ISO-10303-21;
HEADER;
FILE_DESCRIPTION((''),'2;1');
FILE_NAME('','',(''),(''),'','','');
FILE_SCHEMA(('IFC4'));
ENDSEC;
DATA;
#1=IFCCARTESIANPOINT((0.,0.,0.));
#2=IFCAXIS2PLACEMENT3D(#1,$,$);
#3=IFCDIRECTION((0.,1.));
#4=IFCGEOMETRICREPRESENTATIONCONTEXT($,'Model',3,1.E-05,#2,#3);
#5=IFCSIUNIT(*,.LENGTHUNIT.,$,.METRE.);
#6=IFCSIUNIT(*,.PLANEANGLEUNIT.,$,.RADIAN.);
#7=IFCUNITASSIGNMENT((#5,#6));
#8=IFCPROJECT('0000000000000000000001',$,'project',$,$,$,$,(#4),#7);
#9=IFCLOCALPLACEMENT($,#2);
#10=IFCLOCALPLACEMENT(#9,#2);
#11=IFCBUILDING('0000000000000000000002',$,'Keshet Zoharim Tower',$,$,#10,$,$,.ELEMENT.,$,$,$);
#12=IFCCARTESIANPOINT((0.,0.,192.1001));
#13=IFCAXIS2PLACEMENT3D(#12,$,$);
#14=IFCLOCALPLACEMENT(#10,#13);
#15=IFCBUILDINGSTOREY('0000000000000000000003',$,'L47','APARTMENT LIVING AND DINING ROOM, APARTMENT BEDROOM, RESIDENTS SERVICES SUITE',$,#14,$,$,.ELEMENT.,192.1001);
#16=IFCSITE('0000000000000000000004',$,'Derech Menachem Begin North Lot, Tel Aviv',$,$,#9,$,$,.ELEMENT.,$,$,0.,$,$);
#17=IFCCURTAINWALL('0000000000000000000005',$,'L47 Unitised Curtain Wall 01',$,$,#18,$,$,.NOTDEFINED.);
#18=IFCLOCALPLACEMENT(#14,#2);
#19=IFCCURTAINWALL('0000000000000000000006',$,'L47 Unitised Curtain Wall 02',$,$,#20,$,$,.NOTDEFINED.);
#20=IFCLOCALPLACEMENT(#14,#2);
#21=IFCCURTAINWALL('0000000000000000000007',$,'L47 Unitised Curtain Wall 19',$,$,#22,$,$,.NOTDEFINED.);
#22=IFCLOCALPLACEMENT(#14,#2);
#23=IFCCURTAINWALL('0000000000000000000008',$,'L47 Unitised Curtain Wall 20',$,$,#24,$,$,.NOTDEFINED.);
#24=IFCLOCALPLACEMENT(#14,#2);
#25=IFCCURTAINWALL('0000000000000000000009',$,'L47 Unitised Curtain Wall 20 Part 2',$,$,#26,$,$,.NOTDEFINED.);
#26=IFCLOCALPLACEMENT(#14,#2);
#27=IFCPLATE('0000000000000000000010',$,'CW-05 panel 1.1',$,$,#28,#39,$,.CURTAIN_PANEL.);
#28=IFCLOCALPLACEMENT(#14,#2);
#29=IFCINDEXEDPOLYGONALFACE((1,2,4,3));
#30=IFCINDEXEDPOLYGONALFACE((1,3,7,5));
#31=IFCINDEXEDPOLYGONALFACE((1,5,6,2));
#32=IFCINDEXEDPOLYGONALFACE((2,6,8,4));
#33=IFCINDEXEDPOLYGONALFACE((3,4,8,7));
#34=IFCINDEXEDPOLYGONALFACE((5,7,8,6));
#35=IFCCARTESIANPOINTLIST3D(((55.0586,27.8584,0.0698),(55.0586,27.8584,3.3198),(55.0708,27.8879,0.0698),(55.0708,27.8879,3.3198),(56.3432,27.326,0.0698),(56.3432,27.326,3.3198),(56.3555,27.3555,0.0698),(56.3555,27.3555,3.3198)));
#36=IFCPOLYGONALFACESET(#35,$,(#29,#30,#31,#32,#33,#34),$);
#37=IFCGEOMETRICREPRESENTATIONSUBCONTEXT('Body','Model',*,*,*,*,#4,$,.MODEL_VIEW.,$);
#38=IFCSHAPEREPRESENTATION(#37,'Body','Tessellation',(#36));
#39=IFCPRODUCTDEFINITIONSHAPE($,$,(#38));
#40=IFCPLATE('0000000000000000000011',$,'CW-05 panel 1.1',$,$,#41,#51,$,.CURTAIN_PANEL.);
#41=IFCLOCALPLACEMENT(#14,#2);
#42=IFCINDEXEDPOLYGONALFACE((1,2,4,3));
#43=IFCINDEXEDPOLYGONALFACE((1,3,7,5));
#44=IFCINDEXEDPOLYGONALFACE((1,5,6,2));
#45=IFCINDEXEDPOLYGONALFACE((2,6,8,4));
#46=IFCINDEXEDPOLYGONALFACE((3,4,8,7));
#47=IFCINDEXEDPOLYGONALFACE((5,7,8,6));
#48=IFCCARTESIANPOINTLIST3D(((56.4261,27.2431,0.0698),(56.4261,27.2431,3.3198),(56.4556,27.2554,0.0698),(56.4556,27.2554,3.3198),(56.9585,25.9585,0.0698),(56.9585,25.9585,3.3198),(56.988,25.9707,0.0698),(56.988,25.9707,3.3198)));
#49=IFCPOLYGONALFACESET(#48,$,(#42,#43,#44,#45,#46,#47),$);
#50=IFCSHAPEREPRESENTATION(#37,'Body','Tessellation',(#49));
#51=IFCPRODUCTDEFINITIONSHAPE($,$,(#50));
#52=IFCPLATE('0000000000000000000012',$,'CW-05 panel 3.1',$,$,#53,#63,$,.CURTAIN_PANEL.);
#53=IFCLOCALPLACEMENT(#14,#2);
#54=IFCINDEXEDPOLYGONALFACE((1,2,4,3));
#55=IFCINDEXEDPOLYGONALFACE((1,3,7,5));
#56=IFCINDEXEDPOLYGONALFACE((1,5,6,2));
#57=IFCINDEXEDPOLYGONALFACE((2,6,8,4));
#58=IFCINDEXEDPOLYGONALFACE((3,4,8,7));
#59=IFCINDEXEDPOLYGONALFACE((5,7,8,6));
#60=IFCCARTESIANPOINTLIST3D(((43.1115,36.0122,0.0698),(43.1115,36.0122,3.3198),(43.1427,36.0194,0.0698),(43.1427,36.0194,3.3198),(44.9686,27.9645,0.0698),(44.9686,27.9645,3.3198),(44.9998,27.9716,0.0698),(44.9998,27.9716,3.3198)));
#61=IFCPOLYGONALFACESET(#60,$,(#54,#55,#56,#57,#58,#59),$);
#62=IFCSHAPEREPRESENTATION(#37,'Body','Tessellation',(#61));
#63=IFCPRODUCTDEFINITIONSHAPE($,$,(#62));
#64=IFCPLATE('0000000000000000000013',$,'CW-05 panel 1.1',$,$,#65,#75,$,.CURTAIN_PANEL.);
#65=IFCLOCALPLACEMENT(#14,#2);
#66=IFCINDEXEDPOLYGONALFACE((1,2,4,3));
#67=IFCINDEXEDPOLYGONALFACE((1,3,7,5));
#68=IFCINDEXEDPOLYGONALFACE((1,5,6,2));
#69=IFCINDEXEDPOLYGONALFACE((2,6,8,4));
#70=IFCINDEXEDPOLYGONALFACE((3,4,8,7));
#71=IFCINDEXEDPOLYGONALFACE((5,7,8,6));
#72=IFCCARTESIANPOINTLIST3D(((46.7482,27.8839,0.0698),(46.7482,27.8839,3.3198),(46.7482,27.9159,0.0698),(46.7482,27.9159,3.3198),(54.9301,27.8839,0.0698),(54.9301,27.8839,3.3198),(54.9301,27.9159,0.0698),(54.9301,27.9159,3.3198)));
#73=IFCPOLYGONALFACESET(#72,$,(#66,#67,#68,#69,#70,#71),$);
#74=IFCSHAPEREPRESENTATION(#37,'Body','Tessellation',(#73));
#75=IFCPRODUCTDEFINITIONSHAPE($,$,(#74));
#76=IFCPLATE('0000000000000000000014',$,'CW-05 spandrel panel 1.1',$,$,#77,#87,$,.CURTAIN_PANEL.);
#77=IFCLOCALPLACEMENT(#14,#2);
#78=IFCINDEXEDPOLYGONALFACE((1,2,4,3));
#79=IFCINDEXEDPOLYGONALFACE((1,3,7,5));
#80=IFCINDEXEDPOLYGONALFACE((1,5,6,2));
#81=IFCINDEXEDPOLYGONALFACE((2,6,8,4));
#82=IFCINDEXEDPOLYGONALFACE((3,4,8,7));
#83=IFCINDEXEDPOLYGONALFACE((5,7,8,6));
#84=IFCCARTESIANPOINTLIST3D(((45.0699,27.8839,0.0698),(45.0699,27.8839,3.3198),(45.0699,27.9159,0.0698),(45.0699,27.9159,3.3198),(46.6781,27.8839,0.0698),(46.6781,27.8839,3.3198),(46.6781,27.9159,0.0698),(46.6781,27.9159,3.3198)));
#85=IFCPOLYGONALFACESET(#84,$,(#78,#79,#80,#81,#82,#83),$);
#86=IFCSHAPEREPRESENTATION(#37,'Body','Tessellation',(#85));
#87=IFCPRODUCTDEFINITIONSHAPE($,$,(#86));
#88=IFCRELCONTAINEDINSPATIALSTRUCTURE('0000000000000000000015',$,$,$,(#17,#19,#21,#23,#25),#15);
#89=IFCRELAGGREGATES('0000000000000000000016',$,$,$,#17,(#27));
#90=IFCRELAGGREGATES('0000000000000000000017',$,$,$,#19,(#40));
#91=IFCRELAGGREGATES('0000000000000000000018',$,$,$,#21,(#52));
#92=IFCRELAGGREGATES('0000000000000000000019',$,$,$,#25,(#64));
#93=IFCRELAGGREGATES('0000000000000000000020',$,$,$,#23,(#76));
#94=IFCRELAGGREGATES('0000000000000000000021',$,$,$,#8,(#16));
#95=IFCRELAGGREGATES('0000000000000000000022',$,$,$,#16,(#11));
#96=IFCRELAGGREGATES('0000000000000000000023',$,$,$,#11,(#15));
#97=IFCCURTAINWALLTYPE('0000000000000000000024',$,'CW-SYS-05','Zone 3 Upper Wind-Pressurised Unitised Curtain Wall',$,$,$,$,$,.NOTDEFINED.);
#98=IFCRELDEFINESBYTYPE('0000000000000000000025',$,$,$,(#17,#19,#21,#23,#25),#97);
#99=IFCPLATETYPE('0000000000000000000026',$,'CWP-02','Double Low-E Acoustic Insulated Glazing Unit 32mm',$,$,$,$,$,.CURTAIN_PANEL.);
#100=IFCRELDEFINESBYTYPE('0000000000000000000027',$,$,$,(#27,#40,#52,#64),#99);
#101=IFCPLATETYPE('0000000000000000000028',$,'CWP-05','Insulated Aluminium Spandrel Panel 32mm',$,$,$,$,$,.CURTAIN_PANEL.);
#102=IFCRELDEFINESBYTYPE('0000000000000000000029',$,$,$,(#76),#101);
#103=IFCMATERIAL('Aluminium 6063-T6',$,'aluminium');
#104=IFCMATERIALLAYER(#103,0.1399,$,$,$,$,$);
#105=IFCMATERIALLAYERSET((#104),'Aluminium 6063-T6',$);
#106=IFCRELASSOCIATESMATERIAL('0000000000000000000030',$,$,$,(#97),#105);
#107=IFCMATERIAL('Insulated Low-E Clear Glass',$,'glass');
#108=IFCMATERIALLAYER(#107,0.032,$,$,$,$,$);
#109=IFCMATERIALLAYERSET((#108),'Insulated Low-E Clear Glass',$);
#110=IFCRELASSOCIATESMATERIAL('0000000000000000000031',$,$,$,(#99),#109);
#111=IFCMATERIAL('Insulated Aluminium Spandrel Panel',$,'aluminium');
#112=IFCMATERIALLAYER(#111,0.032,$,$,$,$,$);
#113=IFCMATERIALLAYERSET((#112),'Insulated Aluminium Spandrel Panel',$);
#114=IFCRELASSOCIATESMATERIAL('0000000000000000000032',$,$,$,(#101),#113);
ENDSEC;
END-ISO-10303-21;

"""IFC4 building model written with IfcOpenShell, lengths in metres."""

from ifc_helpers import new_model, si_unit, direction, frame, origin, origin_2d, place, context, subcontext, project, spatial, rectangle, extrude, material, layer, layer_set, type_object, element, aggregate, save


model = new_model("IFC4")

# Units and contexts
model_context = context("Model", 3, precision=1e-05, world=origin(), true_north=direction((0.0, 1.0)))
body_context = subcontext(model_context, "Body", "Model", "MODEL_VIEW")
ifc_project = project(units=[si_unit("LENGTHUNIT", "METRE"), si_unit("PLANEANGLEUNIT", "RADIAN")], contexts=[model_context])

# Site, building, storey
site_placement = place(None, origin())
site = spatial("IfcSite", under=ifc_project, at=site_placement, Name="Derech Menachem Begin North Lot, Tel Aviv", CompositionType="ELEMENT", RefElevation=0.0)
building_placement = place(site_placement, origin())
building = spatial("IfcBuilding", under=site, at=building_placement, Name="Keshet Zoharim Tower", CompositionType="ELEMENT")
storey_placement = place(building_placement, frame((0.0, 0.0, 192.1001)))
storey = spatial("IfcBuildingStorey", under=building, at=storey_placement, Name="L47", Description="APARTMENT LIVING AND DINING ROOM, APARTMENT BEDROOM, RESIDENTS SERVICES SUITE", CompositionType="ELEMENT", Elevation=192.1001)

# Curtain walls
ifc_material_1 = material(Name="Aluminium 6063-T6", Category="aluminium")
ifc_layer_1 = layer(ifc_material_1, 0.1399)
ifc_layer_set_1 = layer_set([ifc_layer_1], Name="Aluminium 6063-T6")
curtain_wall_type = type_object("IfcCurtainWallType", Name="CW-SYS-05", Description="Zone 3 Upper Wind-Pressurised Unitised Curtain Wall", PredefinedType="NOTDEFINED", material=ifc_layer_set_1)
curtain_wall_1_placement = place(storey_placement, origin())
curtain_wall_1 = element("IfcCurtainWall", 1, at=curtain_wall_1_placement, inside=storey, type_object=curtain_wall_type, Name="L47 Unitised Curtain Wall 01", PredefinedType="NOTDEFINED")
curtain_wall_2_placement = place(storey_placement, origin())
curtain_wall_2 = element("IfcCurtainWall", 2, at=curtain_wall_2_placement, inside=storey, type_object=curtain_wall_type, Name="L47 Unitised Curtain Wall 02", PredefinedType="NOTDEFINED")

# Curtain wall
curtain_wall_3_placement = place(storey_placement, origin())
curtain_wall_3 = element("IfcCurtainWall", 3, at=curtain_wall_3_placement, inside=storey, type_object=curtain_wall_type, Name="L47 Unitised Curtain Wall 19", PredefinedType="NOTDEFINED")

# Curtain wall
curtain_wall_4_placement = place(storey_placement, origin())
curtain_wall_4 = element("IfcCurtainWall", 4, at=curtain_wall_4_placement, inside=storey, type_object=curtain_wall_type, Name="L47 Unitised Curtain Wall 20", PredefinedType="NOTDEFINED")

# Curtain wall
curtain_wall_5_placement = place(storey_placement, origin())
curtain_wall_5 = element("IfcCurtainWall", 5, at=curtain_wall_5_placement, inside=storey, type_object=curtain_wall_type, Name="L47 Unitised Curtain Wall 20 Part 2", PredefinedType="NOTDEFINED")

# Plates
ifc_material_2 = material(Name="Insulated Low-E Clear Glass", Category="glass")
ifc_layer_2 = layer(ifc_material_2, 0.032)
ifc_layer_set_2 = layer_set([ifc_layer_2], Name="Insulated Low-E Clear Glass")
plate_type_1 = type_object("IfcPlateType", Name="CWP-02", Description="Double Low-E Acoustic Insulated Glazing Unit 32mm", PredefinedType="CURTAIN_PANEL", material=ifc_layer_set_2)
plate_1_placement = place(storey_placement, frame((55.707, 27.6069, 0.0698), z_axis=(0.0, 0.0, 1.0), x_axis=(0.92381, -0.382852, 0.0)))
plate_1 = element("IfcPlate", 6, at=plate_1_placement, type_object=plate_type_1, Name="CW-05 panel 1.1", PredefinedType="CURTAIN_PANEL", context=body_context, shape_type="SweptSolid", body=[
    extrude(rectangle(XDim=1.3906, YDim=0.032, at=origin_2d()), origin(), (0.0, 0.0, 1.0), 3.25),
])
aggregate(curtain_wall_1, [plate_1])
plate_2_placement = place(storey_placement, frame((56.707, 26.6069, 0.0698), z_axis=(0.0, 0.0, 1.0), x_axis=(0.382852, -0.92381, 0.0)))
plate_2 = element("IfcPlate", 7, at=plate_2_placement, type_object=plate_type_1, Name="CW-05 panel 1.1", PredefinedType="CURTAIN_PANEL", context=body_context, shape_type="SweptSolid", body=[
    extrude(rectangle(XDim=1.3906, YDim=0.032, at=origin_2d()), origin(), (0.0, 0.0, 1.0), 3.25),
])
aggregate(curtain_wall_2, [plate_2])
plate_3_placement = place(storey_placement, frame((44.0557, 31.9919, 0.0698), z_axis=(0.0, 0.0, 1.0), x_axis=(0.224848, -0.974394, 0.0)))
plate_3 = element("IfcPlate", 8, at=plate_3_placement, type_object=plate_type_1, Name="CW-05 panel 3.1", PredefinedType="CURTAIN_PANEL", context=body_context, shape_type="SweptSolid", body=[
    extrude(rectangle(XDim=8.2593, YDim=0.032, at=origin_2d()), origin(), (0.0, 0.0, 1.0), 3.25),
])
aggregate(curtain_wall_3, [plate_3])
plate_4_placement = place(storey_placement, frame((50.8391, 27.8999, 0.0698), z_axis=(0.0, 0.0, 1.0), x_axis=(1.0, 0.0, 0.0)))
plate_4 = element("IfcPlate", 9, at=plate_4_placement, type_object=plate_type_1, Name="CW-05 panel 1.1", PredefinedType="CURTAIN_PANEL", context=body_context, shape_type="SweptSolid", body=[
    extrude(rectangle(XDim=8.1819, YDim=0.032, at=origin_2d()), origin(), (0.0, 0.0, 1.0), 3.25),
])
aggregate(curtain_wall_5, [plate_4])
ifc_material_3 = material(Name="Insulated Aluminium Spandrel Panel", Category="aluminium")
ifc_layer_3 = layer(ifc_material_3, 0.032)
ifc_layer_set_3 = layer_set([ifc_layer_3], Name="Insulated Aluminium Spandrel Panel")
plate_type_2 = type_object("IfcPlateType", Name="CWP-05", Description="Insulated Aluminium Spandrel Panel 32mm", PredefinedType="CURTAIN_PANEL", material=ifc_layer_set_3)
plate_5_placement = place(storey_placement, frame((45.874, 27.8999, 0.0698), z_axis=(0.0, 0.0, 1.0), x_axis=(1.0, 0.0, 0.0)))
plate_5 = element("IfcPlate", 10, at=plate_5_placement, type_object=plate_type_2, Name="CW-05 spandrel panel 1.1", PredefinedType="CURTAIN_PANEL", context=body_context, shape_type="SweptSolid", body=[
    extrude(rectangle(XDim=1.6082, YDim=0.032, at=origin_2d()), origin(), (0.0, 0.0, 1.0), 3.25),
])
aggregate(curtain_wall_4, [plate_5])

save(model, "model.ifc")
